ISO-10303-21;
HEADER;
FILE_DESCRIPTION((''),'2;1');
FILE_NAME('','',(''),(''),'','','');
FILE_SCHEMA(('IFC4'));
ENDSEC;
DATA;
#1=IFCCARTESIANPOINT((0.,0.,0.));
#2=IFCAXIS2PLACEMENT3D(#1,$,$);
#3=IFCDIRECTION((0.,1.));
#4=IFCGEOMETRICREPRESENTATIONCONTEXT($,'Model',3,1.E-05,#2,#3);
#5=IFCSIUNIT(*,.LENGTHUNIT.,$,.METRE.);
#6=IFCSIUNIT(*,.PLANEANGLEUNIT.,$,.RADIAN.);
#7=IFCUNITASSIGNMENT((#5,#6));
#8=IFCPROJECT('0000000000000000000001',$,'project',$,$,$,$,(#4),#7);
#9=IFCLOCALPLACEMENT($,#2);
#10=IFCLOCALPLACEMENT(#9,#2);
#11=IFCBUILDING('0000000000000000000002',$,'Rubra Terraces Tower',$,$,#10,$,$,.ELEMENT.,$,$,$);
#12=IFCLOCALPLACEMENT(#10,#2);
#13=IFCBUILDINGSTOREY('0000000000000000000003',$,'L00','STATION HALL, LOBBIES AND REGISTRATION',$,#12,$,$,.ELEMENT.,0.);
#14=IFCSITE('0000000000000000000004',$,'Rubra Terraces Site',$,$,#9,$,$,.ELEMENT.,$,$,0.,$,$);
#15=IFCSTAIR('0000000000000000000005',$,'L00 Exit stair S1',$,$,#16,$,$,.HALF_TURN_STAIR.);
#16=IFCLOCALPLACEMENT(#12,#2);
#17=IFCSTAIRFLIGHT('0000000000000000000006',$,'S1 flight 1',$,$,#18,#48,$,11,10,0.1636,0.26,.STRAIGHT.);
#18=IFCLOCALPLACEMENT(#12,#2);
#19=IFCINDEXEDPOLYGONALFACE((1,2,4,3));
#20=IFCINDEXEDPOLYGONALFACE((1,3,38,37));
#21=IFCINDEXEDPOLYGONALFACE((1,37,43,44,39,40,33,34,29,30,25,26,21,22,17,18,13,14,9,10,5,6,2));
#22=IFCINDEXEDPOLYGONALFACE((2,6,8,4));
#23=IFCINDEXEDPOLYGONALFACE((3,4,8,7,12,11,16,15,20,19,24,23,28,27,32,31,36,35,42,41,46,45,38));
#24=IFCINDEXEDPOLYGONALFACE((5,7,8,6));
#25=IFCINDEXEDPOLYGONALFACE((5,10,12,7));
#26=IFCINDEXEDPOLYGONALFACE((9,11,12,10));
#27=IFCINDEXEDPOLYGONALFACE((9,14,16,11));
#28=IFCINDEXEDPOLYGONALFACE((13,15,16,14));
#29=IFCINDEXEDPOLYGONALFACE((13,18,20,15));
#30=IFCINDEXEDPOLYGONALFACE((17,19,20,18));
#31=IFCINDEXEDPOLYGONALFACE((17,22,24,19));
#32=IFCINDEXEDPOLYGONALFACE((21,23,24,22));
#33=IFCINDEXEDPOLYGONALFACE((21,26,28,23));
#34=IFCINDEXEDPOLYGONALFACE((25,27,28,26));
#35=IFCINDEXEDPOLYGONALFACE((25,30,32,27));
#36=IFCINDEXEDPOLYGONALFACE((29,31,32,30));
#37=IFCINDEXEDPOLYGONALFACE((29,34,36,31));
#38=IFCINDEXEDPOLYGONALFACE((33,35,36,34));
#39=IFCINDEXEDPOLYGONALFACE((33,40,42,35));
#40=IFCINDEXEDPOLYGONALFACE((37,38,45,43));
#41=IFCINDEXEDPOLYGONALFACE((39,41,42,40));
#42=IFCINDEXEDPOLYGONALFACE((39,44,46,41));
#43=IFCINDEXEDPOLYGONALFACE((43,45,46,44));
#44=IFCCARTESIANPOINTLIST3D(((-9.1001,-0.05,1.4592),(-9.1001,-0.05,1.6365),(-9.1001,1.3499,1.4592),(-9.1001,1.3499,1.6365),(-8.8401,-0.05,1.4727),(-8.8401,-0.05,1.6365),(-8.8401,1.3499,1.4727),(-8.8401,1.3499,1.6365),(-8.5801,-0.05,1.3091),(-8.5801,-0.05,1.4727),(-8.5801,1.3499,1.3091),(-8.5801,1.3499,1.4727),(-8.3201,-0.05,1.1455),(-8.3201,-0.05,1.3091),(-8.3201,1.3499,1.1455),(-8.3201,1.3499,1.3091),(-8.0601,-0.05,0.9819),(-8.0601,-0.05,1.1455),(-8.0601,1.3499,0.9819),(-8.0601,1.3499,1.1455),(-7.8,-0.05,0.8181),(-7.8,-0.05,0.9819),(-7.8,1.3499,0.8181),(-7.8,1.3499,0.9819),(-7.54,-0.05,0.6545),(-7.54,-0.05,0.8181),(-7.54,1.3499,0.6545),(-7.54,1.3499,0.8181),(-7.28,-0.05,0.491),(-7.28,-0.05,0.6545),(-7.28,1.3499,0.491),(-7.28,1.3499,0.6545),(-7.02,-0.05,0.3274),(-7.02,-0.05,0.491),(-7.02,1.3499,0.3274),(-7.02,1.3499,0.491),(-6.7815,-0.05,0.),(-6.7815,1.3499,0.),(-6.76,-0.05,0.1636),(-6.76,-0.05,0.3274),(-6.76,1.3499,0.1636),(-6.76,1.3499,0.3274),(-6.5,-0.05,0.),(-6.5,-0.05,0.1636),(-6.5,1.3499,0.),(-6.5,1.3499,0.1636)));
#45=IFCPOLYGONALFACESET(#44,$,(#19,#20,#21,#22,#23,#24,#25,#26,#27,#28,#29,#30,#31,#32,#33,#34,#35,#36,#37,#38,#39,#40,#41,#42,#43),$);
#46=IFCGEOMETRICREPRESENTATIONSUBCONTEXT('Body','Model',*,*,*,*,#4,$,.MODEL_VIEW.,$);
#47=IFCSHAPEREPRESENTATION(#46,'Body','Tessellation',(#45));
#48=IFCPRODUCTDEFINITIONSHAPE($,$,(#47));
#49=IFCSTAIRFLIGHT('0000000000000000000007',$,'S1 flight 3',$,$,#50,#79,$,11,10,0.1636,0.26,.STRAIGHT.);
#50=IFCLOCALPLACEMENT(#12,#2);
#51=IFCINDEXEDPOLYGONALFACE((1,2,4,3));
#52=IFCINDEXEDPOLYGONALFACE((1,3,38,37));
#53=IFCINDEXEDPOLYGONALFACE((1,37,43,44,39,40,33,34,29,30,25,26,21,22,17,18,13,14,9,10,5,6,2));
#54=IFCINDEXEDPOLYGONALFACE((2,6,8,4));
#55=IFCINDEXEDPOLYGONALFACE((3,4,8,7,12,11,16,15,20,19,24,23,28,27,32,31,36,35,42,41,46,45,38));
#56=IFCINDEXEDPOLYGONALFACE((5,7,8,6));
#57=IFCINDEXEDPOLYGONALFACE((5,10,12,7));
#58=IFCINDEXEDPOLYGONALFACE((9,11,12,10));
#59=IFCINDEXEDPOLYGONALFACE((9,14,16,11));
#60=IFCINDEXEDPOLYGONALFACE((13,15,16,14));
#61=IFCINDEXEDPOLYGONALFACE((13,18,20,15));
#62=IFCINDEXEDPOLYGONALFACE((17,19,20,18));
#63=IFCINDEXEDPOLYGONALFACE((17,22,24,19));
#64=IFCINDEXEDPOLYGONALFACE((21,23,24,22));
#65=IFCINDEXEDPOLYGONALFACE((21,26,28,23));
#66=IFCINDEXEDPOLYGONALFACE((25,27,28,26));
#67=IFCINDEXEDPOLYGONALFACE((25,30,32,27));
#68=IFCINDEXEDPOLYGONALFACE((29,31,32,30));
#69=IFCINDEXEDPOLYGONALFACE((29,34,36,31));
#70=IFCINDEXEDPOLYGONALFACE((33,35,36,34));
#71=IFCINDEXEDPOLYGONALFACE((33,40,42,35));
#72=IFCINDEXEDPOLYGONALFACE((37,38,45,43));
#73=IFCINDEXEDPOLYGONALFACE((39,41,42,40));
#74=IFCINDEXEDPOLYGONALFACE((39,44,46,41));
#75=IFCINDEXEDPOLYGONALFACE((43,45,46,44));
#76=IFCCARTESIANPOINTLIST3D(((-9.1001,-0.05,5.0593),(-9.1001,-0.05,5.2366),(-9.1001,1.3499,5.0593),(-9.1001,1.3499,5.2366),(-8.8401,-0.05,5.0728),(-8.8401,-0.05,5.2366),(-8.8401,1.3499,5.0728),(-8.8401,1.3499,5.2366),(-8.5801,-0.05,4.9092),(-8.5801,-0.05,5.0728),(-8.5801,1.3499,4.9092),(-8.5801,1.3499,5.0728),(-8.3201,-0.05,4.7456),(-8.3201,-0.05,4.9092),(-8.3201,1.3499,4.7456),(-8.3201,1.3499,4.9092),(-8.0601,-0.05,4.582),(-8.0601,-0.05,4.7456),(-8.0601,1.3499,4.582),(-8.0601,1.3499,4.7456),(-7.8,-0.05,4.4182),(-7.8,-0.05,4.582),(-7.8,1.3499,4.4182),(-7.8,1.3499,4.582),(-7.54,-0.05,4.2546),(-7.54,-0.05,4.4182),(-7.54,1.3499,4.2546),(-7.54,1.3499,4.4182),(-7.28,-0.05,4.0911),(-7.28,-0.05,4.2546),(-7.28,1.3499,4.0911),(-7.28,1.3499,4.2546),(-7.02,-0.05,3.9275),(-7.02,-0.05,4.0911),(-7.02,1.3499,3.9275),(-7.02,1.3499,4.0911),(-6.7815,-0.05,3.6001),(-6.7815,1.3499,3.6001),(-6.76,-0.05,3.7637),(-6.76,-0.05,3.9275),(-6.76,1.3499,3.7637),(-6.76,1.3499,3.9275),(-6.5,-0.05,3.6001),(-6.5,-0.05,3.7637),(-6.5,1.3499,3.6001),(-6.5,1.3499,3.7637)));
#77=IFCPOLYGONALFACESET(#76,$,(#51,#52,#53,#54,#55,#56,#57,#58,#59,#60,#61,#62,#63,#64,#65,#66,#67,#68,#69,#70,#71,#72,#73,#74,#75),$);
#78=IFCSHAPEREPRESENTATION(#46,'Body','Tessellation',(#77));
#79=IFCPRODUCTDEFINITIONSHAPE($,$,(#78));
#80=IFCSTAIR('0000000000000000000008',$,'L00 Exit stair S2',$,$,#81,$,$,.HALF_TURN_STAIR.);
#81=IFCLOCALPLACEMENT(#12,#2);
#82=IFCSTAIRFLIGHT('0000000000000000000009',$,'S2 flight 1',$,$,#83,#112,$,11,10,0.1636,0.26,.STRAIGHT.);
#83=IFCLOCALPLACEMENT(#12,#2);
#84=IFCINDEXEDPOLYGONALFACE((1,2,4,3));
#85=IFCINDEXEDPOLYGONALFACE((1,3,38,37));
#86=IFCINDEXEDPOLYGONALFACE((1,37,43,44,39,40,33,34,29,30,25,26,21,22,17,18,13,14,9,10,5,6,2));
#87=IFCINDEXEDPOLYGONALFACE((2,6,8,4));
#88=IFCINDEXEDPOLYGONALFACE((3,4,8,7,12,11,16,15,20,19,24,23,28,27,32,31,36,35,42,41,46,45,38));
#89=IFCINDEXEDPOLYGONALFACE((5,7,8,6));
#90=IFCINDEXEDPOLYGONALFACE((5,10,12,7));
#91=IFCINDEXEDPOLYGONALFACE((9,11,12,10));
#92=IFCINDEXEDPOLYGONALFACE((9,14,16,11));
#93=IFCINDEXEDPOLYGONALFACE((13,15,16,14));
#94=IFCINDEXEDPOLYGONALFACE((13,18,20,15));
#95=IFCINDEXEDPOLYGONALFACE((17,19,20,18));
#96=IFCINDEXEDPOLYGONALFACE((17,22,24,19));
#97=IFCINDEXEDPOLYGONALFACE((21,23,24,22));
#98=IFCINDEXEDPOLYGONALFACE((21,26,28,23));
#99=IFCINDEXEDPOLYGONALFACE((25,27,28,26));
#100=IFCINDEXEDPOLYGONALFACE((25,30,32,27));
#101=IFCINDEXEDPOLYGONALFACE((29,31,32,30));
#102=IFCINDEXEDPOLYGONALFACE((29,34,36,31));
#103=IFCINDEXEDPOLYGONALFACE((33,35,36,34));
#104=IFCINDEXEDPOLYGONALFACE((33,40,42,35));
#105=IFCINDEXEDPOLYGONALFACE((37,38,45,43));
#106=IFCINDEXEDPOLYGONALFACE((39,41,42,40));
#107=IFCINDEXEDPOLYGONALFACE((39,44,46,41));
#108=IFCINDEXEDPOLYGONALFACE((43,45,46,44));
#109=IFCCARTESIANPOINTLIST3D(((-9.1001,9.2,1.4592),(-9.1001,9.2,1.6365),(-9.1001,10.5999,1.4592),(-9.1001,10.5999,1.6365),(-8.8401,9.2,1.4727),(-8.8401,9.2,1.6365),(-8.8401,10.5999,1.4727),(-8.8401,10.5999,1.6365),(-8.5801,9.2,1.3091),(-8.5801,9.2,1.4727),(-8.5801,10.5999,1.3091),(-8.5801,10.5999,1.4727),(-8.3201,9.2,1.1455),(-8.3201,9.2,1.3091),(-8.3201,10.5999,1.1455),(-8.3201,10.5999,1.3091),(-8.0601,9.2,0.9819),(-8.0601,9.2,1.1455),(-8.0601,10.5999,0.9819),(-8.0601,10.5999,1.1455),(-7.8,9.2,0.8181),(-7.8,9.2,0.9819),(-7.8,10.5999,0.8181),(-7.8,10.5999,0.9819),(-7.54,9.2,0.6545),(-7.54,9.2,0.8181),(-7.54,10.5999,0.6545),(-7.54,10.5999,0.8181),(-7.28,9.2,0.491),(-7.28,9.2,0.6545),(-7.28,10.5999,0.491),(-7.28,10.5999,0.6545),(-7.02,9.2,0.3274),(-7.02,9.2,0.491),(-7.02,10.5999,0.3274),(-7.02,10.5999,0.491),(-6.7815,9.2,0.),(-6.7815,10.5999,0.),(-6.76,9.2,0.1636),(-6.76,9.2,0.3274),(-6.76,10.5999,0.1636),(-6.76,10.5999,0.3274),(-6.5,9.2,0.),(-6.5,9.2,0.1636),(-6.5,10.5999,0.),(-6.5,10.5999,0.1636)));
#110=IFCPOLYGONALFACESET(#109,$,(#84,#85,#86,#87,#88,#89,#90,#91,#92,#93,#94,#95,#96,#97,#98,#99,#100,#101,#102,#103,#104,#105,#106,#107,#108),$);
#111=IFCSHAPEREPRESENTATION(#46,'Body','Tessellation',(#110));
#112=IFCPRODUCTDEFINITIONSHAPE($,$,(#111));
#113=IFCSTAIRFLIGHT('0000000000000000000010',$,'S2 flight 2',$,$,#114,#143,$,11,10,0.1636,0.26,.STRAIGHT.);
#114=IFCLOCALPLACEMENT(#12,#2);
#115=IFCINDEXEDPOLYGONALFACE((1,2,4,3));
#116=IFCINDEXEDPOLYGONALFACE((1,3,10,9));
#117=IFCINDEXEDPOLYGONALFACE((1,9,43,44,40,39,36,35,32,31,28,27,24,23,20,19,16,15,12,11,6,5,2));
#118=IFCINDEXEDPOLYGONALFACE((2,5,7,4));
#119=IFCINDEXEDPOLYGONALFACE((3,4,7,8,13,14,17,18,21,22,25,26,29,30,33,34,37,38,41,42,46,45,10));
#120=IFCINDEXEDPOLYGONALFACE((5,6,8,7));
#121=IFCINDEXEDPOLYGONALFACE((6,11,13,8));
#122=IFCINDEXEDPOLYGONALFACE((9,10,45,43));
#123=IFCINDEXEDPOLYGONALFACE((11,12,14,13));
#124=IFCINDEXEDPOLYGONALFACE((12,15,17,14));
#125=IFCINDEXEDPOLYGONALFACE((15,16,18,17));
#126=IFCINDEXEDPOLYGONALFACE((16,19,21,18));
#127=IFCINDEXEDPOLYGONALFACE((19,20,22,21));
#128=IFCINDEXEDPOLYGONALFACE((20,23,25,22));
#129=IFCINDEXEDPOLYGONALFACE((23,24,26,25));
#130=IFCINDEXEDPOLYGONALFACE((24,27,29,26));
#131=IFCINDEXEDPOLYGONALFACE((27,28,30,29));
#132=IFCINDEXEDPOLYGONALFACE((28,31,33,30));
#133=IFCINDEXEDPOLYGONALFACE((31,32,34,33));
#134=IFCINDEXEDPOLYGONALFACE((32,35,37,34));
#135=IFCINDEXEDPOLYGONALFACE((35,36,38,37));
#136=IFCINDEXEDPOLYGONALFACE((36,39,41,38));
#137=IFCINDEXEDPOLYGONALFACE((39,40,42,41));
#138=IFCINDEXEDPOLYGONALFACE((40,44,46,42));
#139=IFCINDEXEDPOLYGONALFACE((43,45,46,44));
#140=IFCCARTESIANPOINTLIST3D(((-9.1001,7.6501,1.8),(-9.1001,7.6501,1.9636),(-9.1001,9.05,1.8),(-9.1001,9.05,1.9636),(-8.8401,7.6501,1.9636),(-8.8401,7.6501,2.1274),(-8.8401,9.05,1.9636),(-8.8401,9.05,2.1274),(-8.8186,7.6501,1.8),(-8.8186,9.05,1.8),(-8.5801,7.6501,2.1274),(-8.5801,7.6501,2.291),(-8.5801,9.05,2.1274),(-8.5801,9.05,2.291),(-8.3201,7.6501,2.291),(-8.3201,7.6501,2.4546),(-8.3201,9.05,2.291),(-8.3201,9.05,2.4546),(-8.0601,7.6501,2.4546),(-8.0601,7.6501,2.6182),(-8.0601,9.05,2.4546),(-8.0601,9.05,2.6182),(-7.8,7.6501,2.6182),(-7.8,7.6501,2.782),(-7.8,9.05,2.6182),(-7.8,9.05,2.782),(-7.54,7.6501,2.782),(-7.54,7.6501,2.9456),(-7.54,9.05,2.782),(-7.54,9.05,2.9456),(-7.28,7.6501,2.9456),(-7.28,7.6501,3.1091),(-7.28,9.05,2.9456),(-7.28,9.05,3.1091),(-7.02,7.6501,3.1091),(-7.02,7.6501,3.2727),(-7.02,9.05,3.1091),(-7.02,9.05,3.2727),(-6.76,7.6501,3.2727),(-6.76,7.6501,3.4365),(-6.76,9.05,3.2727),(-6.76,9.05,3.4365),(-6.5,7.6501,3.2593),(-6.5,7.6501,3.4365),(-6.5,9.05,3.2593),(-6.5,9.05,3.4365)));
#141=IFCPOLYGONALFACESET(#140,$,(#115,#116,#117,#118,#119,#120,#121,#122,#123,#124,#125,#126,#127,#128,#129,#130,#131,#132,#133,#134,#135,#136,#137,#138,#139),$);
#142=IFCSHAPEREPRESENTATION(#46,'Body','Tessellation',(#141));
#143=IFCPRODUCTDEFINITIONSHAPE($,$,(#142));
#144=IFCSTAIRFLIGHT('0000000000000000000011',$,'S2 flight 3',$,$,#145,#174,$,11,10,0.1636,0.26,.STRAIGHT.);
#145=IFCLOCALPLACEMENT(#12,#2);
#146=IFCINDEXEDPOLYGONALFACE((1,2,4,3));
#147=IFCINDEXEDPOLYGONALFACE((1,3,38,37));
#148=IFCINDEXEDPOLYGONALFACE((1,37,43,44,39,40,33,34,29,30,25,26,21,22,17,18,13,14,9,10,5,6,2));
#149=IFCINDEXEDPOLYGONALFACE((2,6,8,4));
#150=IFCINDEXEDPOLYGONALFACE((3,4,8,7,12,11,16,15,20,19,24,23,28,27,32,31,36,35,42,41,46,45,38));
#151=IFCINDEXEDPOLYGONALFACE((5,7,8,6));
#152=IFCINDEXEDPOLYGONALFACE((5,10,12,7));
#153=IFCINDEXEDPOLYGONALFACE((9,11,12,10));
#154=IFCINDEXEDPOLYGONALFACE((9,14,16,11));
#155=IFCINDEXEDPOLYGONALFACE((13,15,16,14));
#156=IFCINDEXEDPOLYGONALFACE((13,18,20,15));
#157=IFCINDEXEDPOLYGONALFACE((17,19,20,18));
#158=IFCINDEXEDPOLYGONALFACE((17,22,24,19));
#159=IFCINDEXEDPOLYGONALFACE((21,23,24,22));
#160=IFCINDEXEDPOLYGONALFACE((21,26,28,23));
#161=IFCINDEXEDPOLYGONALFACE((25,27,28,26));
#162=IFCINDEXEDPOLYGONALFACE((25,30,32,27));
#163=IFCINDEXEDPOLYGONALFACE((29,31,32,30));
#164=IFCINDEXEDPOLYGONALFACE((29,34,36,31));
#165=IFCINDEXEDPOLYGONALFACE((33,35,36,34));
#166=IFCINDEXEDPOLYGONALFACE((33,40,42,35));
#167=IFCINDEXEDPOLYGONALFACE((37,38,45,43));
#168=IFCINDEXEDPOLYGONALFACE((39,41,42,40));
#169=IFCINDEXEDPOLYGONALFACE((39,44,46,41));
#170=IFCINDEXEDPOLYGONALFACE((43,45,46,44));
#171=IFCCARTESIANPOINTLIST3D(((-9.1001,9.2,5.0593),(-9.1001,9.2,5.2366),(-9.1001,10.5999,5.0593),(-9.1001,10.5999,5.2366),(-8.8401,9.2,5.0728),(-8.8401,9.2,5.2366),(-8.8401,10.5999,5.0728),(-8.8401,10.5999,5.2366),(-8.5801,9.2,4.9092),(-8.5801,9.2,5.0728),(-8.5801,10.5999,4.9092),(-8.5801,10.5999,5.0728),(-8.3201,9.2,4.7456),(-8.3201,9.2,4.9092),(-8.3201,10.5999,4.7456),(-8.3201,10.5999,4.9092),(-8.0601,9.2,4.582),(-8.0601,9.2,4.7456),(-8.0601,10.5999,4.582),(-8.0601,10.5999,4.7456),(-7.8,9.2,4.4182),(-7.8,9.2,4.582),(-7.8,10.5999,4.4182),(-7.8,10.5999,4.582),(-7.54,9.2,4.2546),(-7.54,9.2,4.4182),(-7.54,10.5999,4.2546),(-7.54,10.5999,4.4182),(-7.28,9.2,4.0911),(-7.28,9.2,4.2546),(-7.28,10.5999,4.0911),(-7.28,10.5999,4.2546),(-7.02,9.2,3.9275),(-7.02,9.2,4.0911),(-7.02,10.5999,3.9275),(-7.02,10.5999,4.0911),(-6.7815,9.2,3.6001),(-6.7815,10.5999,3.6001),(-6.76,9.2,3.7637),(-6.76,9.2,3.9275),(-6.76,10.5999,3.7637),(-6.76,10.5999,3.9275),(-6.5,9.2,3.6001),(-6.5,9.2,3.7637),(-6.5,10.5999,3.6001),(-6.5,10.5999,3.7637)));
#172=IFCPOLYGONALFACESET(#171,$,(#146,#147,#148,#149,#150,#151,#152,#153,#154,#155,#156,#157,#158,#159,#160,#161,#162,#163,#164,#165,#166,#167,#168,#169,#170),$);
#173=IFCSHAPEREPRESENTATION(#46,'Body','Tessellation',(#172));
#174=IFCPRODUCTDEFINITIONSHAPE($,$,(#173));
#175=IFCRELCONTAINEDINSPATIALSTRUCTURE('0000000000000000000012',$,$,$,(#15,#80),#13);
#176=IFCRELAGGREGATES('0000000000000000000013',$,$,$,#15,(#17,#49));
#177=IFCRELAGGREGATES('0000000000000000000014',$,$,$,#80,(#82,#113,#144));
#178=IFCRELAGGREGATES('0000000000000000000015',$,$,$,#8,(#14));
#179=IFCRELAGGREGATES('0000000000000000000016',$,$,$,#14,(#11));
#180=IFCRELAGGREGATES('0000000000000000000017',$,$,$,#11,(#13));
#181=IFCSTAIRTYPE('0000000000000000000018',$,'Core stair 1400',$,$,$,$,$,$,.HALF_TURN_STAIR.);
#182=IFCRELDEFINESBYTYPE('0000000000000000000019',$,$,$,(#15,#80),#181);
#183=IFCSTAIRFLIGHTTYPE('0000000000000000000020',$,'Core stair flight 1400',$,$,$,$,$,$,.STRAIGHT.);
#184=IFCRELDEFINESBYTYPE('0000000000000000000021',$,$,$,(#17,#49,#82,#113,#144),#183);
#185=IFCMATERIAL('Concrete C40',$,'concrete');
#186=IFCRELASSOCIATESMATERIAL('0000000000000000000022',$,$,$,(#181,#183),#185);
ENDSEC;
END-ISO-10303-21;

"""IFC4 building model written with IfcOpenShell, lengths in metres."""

from ifc_helpers import new_model, si_unit, direction, frame, origin, place, context, subcontext, project, spatial, polyline, outline, extrude, material, type_object, element, aggregate, save


model = new_model("IFC4")

# Units and contexts
model_context = context("Model", 3, precision=1e-05, world=origin(), true_north=direction((0.0, 1.0)))
body_context = subcontext(model_context, "Body", "Model", "MODEL_VIEW")
ifc_project = project(units=[si_unit("LENGTHUNIT", "METRE"), si_unit("PLANEANGLEUNIT", "RADIAN")], contexts=[model_context])

# Site, building, storey
site_placement = place(None, origin())
site = spatial("IfcSite", under=ifc_project, at=site_placement, Name="Rubra Terraces Site", CompositionType="ELEMENT", RefElevation=0.0)
building_placement = place(site_placement, origin())
building = spatial("IfcBuilding", under=site, at=building_placement, Name="Rubra Terraces Tower", CompositionType="ELEMENT")
storey_placement = place(building_placement, origin())
storey = spatial("IfcBuildingStorey", under=building, at=storey_placement, Name="L00", Description="STATION HALL, LOBBIES AND REGISTRATION", CompositionType="ELEMENT", Elevation=0.0)

# Shared definitions
ifc_material_1 = material(Name="Concrete C40", Category="concrete")

# Stairs, stair flights
stair_type = type_object("IfcStairType", Name="Core stair 1400", PredefinedType="HALF_TURN_STAIR", material=ifc_material_1)
stair_1_placement = place(storey_placement, origin())
stair_1 = element("IfcStair", 1, at=stair_1_placement, inside=storey, type_object=stair_type, Name="L00 Exit stair S1", PredefinedType="HALF_TURN_STAIR")
stair_flight_type = type_object("IfcStairFlightType", Name="Core stair flight 1400", PredefinedType="STRAIGHT", material=ifc_material_1)
stair_flight_1_placement = place(storey_placement, frame((-6.5, 0.6499, 0.0), z_axis=(0.0, 0.0, 1.0), x_axis=(-1.0, 0.0, 0.0)))
stair_flight_1 = element("IfcStairFlight", 2, at=stair_flight_1_placement, type_object=stair_flight_type, Name="S1 flight 1", NumberOfRisers=11, NumberOfTreads=10, PredefinedType="STRAIGHT", RiserHeight=0.1636, TreadLength=0.26, context=body_context, shape_type="SweptSolid", body=[
    extrude(outline(polyline([(0.0, 0.0), (0.0, 0.1636), (0.26, 0.1636), (0.26, 0.3274), (0.52, 0.3274), (0.52, 0.491), (0.78, 0.491), (0.78, 0.6545), (1.04, 0.6545), (1.04, 0.8181), (1.3, 0.8181), (1.3, 0.9819), (1.5601, 0.9819), (1.5601, 1.1455), (1.8201, 1.1455), (1.8201, 1.3091), (2.0801, 1.3091), (2.0801, 1.4727), (2.3401, 1.4727), (2.3401, 1.6365), (2.6001, 1.6365), (2.6001, 1.8), (2.6001, 1.4592), (0.2815, 0.0), (0.0, 0.0)])), frame((0.0, 0.7, 0.0), z_axis=(0.0, -1.0, 0.0), x_axis=(1.0, 0.0, 0.0)), (0.0, 0.0, 1.0), 1.3999),
])
stair_flight_2_placement = place(storey_placement, frame((-6.5, 0.6499, 3.6001), z_axis=(0.0, 0.0, 1.0), x_axis=(-1.0, 0.0, 0.0)))
stair_flight_2 = element("IfcStairFlight", 3, at=stair_flight_2_placement, type_object=stair_flight_type, Name="S1 flight 3", NumberOfRisers=11, NumberOfTreads=10, PredefinedType="STRAIGHT", RiserHeight=0.1636, TreadLength=0.26, context=body_context, shape_type="SweptSolid", body=[
    extrude(outline(polyline([(0.0, 0.0), (0.0, 0.1636), (0.26, 0.1636), (0.26, 0.3274), (0.52, 0.3274), (0.52, 0.491), (0.78, 0.491), (0.78, 0.6545), (1.04, 0.6545), (1.04, 0.8181), (1.3, 0.8181), (1.3, 0.9819), (1.5601, 0.9819), (1.5601, 1.1455), (1.8201, 1.1455), (1.8201, 1.3091), (2.0801, 1.3091), (2.0801, 1.4727), (2.3401, 1.4727), (2.3401, 1.6365), (2.6001, 1.6365), (2.6001, 1.8), (2.6001, 1.4592), (0.2815, 0.0), (0.0, 0.0)])), frame((0.0, 0.7, 0.0), z_axis=(0.0, -1.0, 0.0), x_axis=(1.0, 0.0, 0.0)), (0.0, 0.0, 1.0), 1.3999),
])
aggregate(stair_1, [stair_flight_1, stair_flight_2])
stair_2_placement = place(storey_placement, origin())
stair_2 = element("IfcStair", 4, at=stair_2_placement, inside=storey, type_object=stair_type, Name="L00 Exit stair S2", PredefinedType="HALF_TURN_STAIR")
stair_flight_3_placement = place(storey_placement, frame((-6.5, 9.8999, 0.0), z_axis=(0.0, 0.0, 1.0), x_axis=(-1.0, 0.0, 0.0)))
stair_flight_3 = element("IfcStairFlight", 5, at=stair_flight_3_placement, type_object=stair_flight_type, Name="S2 flight 1", NumberOfRisers=11, NumberOfTreads=10, PredefinedType="STRAIGHT", RiserHeight=0.1636, TreadLength=0.26, context=body_context, shape_type="SweptSolid", body=[
    extrude(outline(polyline([(0.0, 0.0), (0.0, 0.1636), (0.26, 0.1636), (0.26, 0.3274), (0.52, 0.3274), (0.52, 0.491), (0.78, 0.491), (0.78, 0.6545), (1.04, 0.6545), (1.04, 0.8181), (1.3, 0.8181), (1.3, 0.9819), (1.5601, 0.9819), (1.5601, 1.1455), (1.8201, 1.1455), (1.8201, 1.3091), (2.0801, 1.3091), (2.0801, 1.4727), (2.3401, 1.4727), (2.3401, 1.6365), (2.6001, 1.6365), (2.6001, 1.8), (2.6001, 1.4592), (0.2815, 0.0), (0.0, 0.0)])), frame((0.0, 0.7, 0.0), z_axis=(0.0, -1.0, 0.0), x_axis=(1.0, 0.0, 0.0)), (0.0, 0.0, 1.0), 1.3999),
])
stair_flight_4_placement = place(storey_placement, frame((-9.1001, 8.3501, 1.8), z_axis=(0.0, 0.0, 1.0), x_axis=(1.0, 0.0, 0.0)))
stair_flight_4 = element("IfcStairFlight", 6, at=stair_flight_4_placement, type_object=stair_flight_type, Name="S2 flight 2", NumberOfRisers=11, NumberOfTreads=10, PredefinedType="STRAIGHT", RiserHeight=0.1636, TreadLength=0.26, context=body_context, shape_type="SweptSolid", body=[
    extrude(outline(polyline([(0.0, 0.0), (0.0, 0.1636), (0.26, 0.1636), (0.26, 0.3274), (0.52, 0.3274), (0.52, 0.491), (0.78, 0.491), (0.78, 0.6545), (1.04, 0.6545), (1.04, 0.8181), (1.3, 0.8181), (1.3, 0.9819), (1.5601, 0.9819), (1.5601, 1.1455), (1.8201, 1.1455), (1.8201, 1.3091), (2.0801, 1.3091), (2.0801, 1.4727), (2.3401, 1.4727), (2.3401, 1.6365), (2.6001, 1.6365), (2.6001, 1.8), (2.6001, 1.4592), (0.2815, 0.0), (0.0, 0.0)])), frame((0.0, 0.7, 0.0), z_axis=(0.0, -1.0, 0.0), x_axis=(1.0, 0.0, 0.0)), (0.0, 0.0, 1.0), 1.3999),
])
stair_flight_5_placement = place(storey_placement, frame((-6.5, 9.8999, 3.6001), z_axis=(0.0, 0.0, 1.0), x_axis=(-1.0, 0.0, 0.0)))
stair_flight_5 = element("IfcStairFlight", 7, at=stair_flight_5_placement, type_object=stair_flight_type, Name="S2 flight 3", NumberOfRisers=11, NumberOfTreads=10, PredefinedType="STRAIGHT", RiserHeight=0.1636, TreadLength=0.26, context=body_context, shape_type="SweptSolid", body=[
    extrude(outline(polyline([(0.0, 0.0), (0.0, 0.1636), (0.26, 0.1636), (0.26, 0.3274), (0.52, 0.3274), (0.52, 0.491), (0.78, 0.491), (0.78, 0.6545), (1.04, 0.6545), (1.04, 0.8181), (1.3, 0.8181), (1.3, 0.9819), (1.5601, 0.9819), (1.5601, 1.1455), (1.8201, 1.1455), (1.8201, 1.3091), (2.0801, 1.3091), (2.0801, 1.4727), (2.3401, 1.4727), (2.3401, 1.6365), (2.6001, 1.6365), (2.6001, 1.8), (2.6001, 1.4592), (0.2815, 0.0), (0.0, 0.0)])), frame((0.0, 0.7, 0.0), z_axis=(0.0, -1.0, 0.0), x_axis=(1.0, 0.0, 0.0)), (0.0, 0.0, 1.0), 1.3999),
])
aggregate(stair_2, [stair_flight_3, stair_flight_4, stair_flight_5])

save(model, "model.ifc")
